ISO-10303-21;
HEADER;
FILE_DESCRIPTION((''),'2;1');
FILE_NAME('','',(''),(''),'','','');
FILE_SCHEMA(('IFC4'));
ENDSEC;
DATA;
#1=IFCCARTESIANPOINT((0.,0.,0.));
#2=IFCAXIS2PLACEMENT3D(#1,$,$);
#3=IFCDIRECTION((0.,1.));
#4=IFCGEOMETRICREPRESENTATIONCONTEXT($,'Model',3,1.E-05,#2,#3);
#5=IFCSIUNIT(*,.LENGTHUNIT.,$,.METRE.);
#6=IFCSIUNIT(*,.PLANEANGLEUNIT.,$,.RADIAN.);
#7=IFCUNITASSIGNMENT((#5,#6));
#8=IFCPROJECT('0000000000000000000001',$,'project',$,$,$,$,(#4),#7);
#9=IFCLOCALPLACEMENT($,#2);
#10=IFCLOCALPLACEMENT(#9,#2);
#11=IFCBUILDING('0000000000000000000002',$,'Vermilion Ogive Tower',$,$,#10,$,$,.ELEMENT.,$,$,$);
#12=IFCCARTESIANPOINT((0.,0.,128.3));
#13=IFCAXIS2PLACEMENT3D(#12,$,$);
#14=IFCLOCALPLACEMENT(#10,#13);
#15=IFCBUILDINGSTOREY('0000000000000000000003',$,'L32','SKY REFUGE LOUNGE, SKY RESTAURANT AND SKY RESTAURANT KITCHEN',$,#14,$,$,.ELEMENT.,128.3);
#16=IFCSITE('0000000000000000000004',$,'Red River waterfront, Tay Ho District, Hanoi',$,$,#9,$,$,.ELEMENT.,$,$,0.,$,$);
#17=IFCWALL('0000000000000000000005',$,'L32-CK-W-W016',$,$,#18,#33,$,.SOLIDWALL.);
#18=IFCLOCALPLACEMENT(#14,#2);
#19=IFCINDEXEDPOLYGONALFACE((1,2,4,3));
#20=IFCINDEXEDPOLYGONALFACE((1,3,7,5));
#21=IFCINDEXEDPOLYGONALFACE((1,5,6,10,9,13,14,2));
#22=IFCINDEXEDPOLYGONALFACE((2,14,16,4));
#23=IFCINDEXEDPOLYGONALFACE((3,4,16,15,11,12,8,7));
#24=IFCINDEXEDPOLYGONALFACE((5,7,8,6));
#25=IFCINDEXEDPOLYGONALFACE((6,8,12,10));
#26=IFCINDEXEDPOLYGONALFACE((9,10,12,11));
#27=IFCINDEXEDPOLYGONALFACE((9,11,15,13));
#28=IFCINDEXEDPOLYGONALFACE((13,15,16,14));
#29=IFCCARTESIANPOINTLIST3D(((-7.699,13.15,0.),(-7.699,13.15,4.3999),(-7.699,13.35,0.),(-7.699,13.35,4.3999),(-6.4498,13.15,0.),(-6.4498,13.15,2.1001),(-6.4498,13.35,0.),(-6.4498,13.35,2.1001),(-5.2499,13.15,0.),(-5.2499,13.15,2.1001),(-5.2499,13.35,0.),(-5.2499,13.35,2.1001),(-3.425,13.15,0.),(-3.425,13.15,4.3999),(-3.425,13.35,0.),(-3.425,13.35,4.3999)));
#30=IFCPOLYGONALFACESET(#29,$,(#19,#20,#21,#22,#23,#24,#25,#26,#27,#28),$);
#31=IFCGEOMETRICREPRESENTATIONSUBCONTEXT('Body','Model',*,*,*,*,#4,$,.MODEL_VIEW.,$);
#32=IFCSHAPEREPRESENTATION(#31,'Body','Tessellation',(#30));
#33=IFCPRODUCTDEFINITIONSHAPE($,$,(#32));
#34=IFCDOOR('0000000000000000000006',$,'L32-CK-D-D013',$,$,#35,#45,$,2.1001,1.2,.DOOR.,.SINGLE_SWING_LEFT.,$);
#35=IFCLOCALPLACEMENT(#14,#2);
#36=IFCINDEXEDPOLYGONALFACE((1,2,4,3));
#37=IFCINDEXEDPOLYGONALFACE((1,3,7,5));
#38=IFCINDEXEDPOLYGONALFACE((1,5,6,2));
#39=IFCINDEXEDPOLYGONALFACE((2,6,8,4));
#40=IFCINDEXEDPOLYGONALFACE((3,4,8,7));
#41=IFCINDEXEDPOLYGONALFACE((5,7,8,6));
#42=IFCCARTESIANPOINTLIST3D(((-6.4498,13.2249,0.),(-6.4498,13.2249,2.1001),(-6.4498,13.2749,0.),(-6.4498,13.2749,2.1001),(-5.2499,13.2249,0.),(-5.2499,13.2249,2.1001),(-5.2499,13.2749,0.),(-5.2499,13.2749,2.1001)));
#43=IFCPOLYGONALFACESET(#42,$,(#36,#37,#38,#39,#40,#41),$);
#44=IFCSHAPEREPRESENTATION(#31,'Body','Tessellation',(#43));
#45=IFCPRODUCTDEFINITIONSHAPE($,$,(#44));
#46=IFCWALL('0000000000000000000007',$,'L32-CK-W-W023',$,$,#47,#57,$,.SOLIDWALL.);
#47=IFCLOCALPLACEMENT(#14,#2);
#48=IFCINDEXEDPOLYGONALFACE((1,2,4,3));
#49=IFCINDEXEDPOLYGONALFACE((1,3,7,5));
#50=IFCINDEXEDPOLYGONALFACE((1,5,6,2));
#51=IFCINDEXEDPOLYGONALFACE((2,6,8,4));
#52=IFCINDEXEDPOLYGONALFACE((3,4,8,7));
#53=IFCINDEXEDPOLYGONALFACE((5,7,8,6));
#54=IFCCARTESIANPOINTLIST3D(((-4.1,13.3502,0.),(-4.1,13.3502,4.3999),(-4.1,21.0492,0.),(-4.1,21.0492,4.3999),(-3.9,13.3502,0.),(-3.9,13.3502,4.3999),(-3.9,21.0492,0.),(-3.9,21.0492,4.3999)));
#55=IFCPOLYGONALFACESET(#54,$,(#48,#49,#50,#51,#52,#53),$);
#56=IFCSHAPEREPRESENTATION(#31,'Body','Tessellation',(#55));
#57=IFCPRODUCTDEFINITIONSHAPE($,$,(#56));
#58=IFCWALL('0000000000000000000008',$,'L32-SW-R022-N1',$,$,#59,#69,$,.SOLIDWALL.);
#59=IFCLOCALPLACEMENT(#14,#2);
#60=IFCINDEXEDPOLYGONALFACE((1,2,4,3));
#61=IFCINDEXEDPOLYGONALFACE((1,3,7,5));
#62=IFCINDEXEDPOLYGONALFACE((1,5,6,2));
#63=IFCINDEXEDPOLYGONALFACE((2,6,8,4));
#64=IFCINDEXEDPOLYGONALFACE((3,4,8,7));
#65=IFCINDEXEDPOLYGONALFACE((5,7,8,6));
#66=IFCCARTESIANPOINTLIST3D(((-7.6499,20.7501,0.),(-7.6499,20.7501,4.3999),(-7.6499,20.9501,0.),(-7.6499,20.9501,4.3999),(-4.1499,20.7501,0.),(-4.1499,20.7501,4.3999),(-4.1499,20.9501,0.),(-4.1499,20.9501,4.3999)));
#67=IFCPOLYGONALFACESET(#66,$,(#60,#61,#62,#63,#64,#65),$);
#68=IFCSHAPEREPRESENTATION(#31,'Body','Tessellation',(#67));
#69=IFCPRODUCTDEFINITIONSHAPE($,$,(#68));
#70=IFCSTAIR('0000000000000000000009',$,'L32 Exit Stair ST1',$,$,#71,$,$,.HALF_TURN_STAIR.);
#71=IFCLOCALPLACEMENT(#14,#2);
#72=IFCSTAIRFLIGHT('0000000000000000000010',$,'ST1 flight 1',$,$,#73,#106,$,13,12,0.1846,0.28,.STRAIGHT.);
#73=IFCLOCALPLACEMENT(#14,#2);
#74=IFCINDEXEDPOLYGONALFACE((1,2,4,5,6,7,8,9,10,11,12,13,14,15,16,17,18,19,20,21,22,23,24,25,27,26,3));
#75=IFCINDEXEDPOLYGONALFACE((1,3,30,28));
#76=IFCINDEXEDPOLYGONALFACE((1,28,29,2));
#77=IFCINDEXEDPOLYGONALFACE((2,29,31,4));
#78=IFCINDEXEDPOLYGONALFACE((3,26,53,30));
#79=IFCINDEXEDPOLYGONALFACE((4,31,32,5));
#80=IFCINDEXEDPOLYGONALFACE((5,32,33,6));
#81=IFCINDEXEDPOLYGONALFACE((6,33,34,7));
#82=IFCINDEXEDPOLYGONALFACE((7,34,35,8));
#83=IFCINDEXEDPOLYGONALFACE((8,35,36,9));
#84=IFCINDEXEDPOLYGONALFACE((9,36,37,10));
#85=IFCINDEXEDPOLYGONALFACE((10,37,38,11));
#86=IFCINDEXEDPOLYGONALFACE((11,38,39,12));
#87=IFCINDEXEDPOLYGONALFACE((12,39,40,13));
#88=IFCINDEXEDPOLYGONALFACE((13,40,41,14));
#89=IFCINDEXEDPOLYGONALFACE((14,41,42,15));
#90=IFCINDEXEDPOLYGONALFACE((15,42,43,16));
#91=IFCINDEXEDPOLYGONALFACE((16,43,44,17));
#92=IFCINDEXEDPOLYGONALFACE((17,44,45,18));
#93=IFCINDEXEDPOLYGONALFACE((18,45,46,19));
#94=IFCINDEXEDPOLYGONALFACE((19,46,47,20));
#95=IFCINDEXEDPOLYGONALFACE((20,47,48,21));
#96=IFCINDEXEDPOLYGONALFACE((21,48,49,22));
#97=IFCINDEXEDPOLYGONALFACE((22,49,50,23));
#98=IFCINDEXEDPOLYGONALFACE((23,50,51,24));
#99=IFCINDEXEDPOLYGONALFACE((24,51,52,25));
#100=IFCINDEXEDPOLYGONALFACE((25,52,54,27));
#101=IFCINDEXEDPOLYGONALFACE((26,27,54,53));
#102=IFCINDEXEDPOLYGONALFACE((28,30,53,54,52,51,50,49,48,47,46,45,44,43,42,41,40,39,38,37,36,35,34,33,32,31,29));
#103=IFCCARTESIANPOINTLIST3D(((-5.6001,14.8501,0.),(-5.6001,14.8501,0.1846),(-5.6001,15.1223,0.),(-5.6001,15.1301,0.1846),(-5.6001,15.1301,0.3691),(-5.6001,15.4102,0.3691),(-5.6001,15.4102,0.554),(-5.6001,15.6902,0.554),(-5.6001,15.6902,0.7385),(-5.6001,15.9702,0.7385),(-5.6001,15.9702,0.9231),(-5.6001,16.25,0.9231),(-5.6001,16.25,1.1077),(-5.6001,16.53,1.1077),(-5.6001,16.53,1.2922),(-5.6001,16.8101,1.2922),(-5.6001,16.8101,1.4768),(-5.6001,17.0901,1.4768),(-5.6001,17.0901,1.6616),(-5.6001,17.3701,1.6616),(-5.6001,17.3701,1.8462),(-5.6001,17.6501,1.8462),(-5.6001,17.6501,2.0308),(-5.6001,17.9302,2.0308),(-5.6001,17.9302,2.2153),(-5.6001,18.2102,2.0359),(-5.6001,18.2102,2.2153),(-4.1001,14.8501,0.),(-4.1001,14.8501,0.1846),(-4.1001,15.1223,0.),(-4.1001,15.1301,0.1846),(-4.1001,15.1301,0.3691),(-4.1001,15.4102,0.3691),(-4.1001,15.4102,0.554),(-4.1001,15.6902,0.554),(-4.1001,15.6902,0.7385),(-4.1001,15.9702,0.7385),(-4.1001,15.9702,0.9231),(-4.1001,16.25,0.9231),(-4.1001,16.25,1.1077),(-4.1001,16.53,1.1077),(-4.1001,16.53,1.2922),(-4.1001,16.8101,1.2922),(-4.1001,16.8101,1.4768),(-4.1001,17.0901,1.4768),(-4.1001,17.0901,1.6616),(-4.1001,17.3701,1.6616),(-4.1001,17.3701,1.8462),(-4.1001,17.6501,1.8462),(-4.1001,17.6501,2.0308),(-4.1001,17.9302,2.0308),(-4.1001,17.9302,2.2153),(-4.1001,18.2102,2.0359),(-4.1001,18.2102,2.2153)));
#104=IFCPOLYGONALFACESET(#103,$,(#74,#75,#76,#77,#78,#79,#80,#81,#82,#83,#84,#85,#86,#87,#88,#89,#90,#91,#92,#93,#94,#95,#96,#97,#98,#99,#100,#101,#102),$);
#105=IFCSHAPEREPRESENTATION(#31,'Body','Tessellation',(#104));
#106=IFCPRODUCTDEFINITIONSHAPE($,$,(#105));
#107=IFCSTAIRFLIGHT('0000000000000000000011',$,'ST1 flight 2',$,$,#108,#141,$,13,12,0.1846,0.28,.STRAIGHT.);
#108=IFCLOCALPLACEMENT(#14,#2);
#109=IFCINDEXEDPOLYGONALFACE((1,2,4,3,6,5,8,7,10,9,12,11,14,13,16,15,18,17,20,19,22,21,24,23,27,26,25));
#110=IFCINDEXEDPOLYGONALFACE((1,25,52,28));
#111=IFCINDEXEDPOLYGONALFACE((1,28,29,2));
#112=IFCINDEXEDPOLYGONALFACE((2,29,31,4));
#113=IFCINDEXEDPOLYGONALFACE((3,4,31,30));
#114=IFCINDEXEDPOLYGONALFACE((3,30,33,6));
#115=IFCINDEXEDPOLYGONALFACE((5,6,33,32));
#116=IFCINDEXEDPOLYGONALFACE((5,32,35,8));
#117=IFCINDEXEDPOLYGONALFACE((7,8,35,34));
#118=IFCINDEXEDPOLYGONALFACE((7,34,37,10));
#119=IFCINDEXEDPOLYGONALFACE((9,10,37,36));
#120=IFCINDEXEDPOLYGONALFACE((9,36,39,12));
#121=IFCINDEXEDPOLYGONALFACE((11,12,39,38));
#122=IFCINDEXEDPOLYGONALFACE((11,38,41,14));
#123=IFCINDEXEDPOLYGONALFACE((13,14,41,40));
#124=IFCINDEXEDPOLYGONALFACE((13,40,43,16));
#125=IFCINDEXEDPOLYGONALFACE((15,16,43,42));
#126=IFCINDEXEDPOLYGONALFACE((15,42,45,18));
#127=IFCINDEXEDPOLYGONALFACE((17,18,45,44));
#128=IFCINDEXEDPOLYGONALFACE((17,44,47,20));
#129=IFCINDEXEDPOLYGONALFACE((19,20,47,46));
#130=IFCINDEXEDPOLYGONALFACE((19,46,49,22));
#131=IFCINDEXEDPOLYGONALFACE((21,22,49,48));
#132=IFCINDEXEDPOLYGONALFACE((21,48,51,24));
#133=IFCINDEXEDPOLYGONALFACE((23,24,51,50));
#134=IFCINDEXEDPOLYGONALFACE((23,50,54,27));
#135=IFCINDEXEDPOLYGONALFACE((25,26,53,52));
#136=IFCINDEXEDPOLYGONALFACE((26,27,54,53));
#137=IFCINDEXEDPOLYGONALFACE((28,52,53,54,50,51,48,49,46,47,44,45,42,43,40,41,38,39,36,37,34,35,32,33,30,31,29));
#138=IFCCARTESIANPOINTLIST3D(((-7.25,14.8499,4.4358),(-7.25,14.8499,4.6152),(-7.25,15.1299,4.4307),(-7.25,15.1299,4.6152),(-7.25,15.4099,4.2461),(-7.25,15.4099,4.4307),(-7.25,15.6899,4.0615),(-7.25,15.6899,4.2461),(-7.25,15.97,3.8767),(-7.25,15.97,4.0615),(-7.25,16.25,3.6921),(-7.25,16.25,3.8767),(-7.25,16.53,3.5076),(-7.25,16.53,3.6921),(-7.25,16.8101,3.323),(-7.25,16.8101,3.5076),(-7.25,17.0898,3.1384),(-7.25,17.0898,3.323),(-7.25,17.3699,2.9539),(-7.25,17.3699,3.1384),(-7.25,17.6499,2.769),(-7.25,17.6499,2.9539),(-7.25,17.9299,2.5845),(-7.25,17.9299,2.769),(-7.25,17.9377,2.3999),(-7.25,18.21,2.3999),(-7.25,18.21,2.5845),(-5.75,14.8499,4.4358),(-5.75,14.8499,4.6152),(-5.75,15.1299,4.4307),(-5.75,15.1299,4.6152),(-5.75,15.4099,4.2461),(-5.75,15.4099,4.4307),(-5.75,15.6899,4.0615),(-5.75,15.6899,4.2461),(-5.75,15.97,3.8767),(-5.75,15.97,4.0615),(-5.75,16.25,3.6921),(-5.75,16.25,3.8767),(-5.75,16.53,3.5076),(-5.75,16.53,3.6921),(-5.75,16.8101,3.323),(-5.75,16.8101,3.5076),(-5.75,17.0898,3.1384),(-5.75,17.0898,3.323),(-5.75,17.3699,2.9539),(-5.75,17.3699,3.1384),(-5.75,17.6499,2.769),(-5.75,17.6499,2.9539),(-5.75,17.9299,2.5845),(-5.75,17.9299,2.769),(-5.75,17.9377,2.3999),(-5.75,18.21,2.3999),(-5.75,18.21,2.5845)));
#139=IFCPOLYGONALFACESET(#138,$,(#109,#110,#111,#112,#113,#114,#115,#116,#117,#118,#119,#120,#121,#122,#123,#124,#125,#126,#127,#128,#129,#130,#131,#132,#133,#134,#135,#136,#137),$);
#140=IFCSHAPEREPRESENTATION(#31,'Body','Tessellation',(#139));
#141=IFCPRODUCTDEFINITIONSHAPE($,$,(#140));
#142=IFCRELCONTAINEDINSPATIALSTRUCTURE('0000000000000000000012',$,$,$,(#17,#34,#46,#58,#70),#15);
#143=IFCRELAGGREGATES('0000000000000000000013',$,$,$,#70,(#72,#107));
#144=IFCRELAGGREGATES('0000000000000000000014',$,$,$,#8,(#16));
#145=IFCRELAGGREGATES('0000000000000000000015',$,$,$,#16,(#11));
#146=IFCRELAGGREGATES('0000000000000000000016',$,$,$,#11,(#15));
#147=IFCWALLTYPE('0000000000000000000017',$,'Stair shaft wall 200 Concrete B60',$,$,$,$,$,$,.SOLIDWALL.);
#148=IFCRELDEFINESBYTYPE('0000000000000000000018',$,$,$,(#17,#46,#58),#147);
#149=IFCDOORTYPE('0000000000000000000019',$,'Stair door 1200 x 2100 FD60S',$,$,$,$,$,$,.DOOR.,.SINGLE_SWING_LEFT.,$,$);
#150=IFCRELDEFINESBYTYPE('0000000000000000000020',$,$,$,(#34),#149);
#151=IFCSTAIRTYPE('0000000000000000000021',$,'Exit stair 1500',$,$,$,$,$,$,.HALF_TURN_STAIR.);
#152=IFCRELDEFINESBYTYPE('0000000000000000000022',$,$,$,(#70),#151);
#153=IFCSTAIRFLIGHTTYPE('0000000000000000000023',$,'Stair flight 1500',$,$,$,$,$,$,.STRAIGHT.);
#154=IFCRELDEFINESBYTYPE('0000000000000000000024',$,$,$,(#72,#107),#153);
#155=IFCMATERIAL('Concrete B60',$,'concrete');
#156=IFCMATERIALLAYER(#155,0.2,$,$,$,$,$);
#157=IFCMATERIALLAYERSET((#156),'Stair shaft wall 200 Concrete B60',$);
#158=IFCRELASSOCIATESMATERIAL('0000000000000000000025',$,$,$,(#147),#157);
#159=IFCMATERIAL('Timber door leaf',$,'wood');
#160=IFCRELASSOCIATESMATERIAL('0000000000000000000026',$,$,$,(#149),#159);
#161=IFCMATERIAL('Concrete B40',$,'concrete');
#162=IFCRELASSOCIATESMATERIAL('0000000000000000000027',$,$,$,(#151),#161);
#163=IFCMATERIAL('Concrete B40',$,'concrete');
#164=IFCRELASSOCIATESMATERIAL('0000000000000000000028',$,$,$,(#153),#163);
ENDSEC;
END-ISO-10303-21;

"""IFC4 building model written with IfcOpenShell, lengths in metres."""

from ifc_helpers import new_model, si_unit, direction, frame, frame_2d, origin, place, context, subcontext, project, spatial, polyline, rectangle, outline, extrude, material, layer, layer_set, type_object, element, fill, aggregate, save


model = new_model("IFC4")

# Units and contexts
model_context = context("Model", 3, precision=1e-05, world=origin(), true_north=direction((0.0, 1.0)))
body_context = subcontext(model_context, "Body", "Model", "MODEL_VIEW")
ifc_project = project(units=[si_unit("LENGTHUNIT", "METRE"), si_unit("PLANEANGLEUNIT", "RADIAN")], contexts=[model_context])

# Site, building, storey
site_placement = place(None, origin())
site = spatial("IfcSite", under=ifc_project, at=site_placement, Name="Red River waterfront, Tay Ho District, Hanoi", CompositionType="ELEMENT", RefElevation=0.0)
building_placement = place(site_placement, origin())
building = spatial("IfcBuilding", under=site, at=building_placement, Name="Vermilion Ogive Tower", CompositionType="ELEMENT")
storey_placement = place(building_placement, frame((0.0, 0.0, 128.3)))
storey = spatial("IfcBuildingStorey", under=building, at=storey_placement, Name="L32", Description="SKY REFUGE LOUNGE, SKY RESTAURANT AND SKY RESTAURANT KITCHEN", CompositionType="ELEMENT", Elevation=128.3)

# Wall, opening, door
ifc_material_1 = material(Name="Concrete B60", Category="concrete")
ifc_layer_1 = layer(ifc_material_1, 0.2)
ifc_layer_set_1 = layer_set([ifc_layer_1], Name="Stair shaft wall 200 Concrete B60")
wall_type_1 = type_object("IfcWallType", Name="Stair shaft wall 200 Concrete B60", PredefinedType="SOLIDWALL", material=ifc_layer_set_1)
wall_1_placement = place(storey_placement, frame((-7.699, 13.25, 0.0), z_axis=(0.0, 0.0, 1.0), x_axis=(1.0, 0.0, 0.0)))
wall_1 = element("IfcWall", 1, at=wall_1_placement, inside=storey, type_object=wall_type_1, Name="L32-CK-W-W016", PredefinedType="SOLIDWALL", context=body_context, shape_type="SweptSolid", body=[
    extrude(rectangle(XDim=4.2739, YDim=0.2, at=frame_2d((2.137, 0.0))), origin(), (0.0, 0.0, 1.0), 4.3999),
])
opening_1_placement = place(wall_1_placement, frame((1.249, 0.0, 0.0)))
opening_1 = element("IfcOpeningElement", 2, at=opening_1_placement, cuts=wall_1, PredefinedType="OPENING", context=body_context, shape_type="SweptSolid", body=[
    extrude(rectangle(XDim=1.2, YDim=2.1001, at=frame_2d((0.6001, 1.05))), frame((0.0, 0.1099, 0.0), z_axis=(0.0, -1.0, 0.0), x_axis=(1.0, 0.0, 0.0)), (0.0, 0.0, 1.0), 0.22),
])
ifc_material_2 = material(Name="Timber door leaf", Category="wood")
door_type_1 = type_object("IfcDoorType", Name="Stair door 1200 x 2100 FD60S", OperationType="SINGLE_SWING_LEFT", PredefinedType="DOOR", material=ifc_material_2)
door_1_placement = place(opening_1_placement, origin())
door_1 = element("IfcDoor", 3, at=door_1_placement, inside=storey, type_object=door_type_1, Name="L32-CK-D-D013", OperationType="SINGLE_SWING_LEFT", OverallHeight=2.1001, OverallWidth=1.2, PredefinedType="DOOR", context=body_context, shape_type="SweptSolid", body=[
    extrude(rectangle(XDim=1.2, YDim=2.1001, at=frame_2d((0.6001, 1.05))), frame((0.0, 0.0249, 0.0), z_axis=(0.0, -1.0, 0.0), x_axis=(1.0, 0.0, 0.0)), (0.0, 0.0, 1.0), 0.05),
])
fill(opening_1, door_1)

# Walls
wall_2_placement = place(storey_placement, frame((-4.0, 13.3501, 0.0), z_axis=(0.0, 0.0, 1.0), x_axis=(0.0, 1.0, 0.0)))
element("IfcWall", 4, at=wall_2_placement, inside=storey, type_object=wall_type_1, Name="L32-CK-W-W023", PredefinedType="SOLIDWALL", context=body_context, shape_type="SweptSolid", body=[
    extrude(rectangle(XDim=7.699, YDim=0.2, at=frame_2d((3.8496, 0.0))), origin(), (0.0, 0.0, 1.0), 4.3999),
])
wall_3_placement = place(storey_placement, frame((-7.6499, 20.8501, 0.0), z_axis=(0.0, 0.0, 1.0), x_axis=(1.0, 0.0, 0.0)))
element("IfcWall", 5, at=wall_3_placement, inside=storey, type_object=wall_type_1, Name="L32-SW-R022-N1", PredefinedType="SOLIDWALL", context=body_context, shape_type="SweptSolid", body=[
    extrude(rectangle(XDim=3.5, YDim=0.2, at=frame_2d((1.75, 0.0))), origin(), (0.0, 0.0, 1.0), 4.3999),
])

# Stair, stair flights
ifc_material_3 = material(Name="Concrete B40", Category="concrete")
stair_type = type_object("IfcStairType", Name="Exit stair 1500", PredefinedType="HALF_TURN_STAIR", material=ifc_material_3)
stair_placement = place(storey_placement, origin())
stair = element("IfcStair", 6, at=stair_placement, inside=storey, type_object=stair_type, Name="L32 Exit Stair ST1", PredefinedType="HALF_TURN_STAIR")
ifc_material_4 = material(Name="Concrete B40", Category="concrete")
stair_flight_type = type_object("IfcStairFlightType", Name="Stair flight 1500", PredefinedType="STRAIGHT", material=ifc_material_4)
stair_flight_1_placement = place(storey_placement, frame((-4.8501, 14.8501, 0.0), z_axis=(0.0, 0.0, 1.0), x_axis=(0.0, 1.0, 0.0)))
stair_flight_1 = element("IfcStairFlight", 7, at=stair_flight_1_placement, type_object=stair_flight_type, Name="ST1 flight 1", NumberOfRisers=13, NumberOfTreads=12, PredefinedType="STRAIGHT", RiserHeight=0.1846, TreadLength=0.28, context=body_context, shape_type="SweptSolid", body=[
    extrude(outline(polyline([(0.0, 0.0), (0.0, 0.1846), (0.28, 0.1846), (0.28, 0.3691), (0.5601, 0.3691), (0.5601, 0.554), (0.8401, 0.554), (0.8401, 0.7385), (1.1201, 0.7385), (1.1201, 0.9231), (1.3999, 0.9231), (1.3999, 1.1077), (1.6799, 1.1077), (1.6799, 1.2922), (1.96, 1.2922), (1.96, 1.4768), (2.24, 1.4768), (2.24, 1.6616), (2.52, 1.6616), (2.52, 1.8462), (2.8, 1.8462), (2.8, 2.0308), (3.0801, 2.0308), (3.0801, 2.2153), (3.3601, 2.2153), (3.3601, 2.3999), (3.3601, 2.0359), (0.2722, 0.0), (0.0, 0.0)])), frame((0.0, 0.75, 0.0), z_axis=(0.0, -1.0, 0.0), x_axis=(1.0, 0.0, 0.0)), (0.0, 0.0, 1.0), 1.5),
])
stair_flight_2_placement = place(storey_placement, frame((-6.5, 18.21, 2.3999), z_axis=(0.0, 0.0, 1.0), x_axis=(0.0, -1.0, 0.0)))
stair_flight_2 = element("IfcStairFlight", 8, at=stair_flight_2_placement, type_object=stair_flight_type, Name="ST1 flight 2", NumberOfRisers=13, NumberOfTreads=12, PredefinedType="STRAIGHT", RiserHeight=0.1846, TreadLength=0.28, context=body_context, shape_type="SweptSolid", body=[
    extrude(outline(polyline([(0.0, 0.0), (0.0, 0.1846), (0.28, 0.1846), (0.28, 0.3691), (0.5601, 0.3691), (0.5601, 0.554), (0.8401, 0.554), (0.8401, 0.7385), (1.1201, 0.7385), (1.1201, 0.9231), (1.3999, 0.9231), (1.3999, 1.1077), (1.6799, 1.1077), (1.6799, 1.2922), (1.96, 1.2922), (1.96, 1.4768), (2.24, 1.4768), (2.24, 1.6616), (2.52, 1.6616), (2.52, 1.8462), (2.8, 1.8462), (2.8, 2.0308), (3.0801, 2.0308), (3.0801, 2.2153), (3.3601, 2.2153), (3.3601, 2.3999), (3.3601, 2.0359), (0.2722, 0.0), (0.0, 0.0)])), frame((0.0, 0.75, 0.0), z_axis=(0.0, -1.0, 0.0), x_axis=(1.0, 0.0, 0.0)), (0.0, 0.0, 1.0), 1.5),
])
aggregate(stair, [stair_flight_1, stair_flight_2])

save(model, "model.ifc")
